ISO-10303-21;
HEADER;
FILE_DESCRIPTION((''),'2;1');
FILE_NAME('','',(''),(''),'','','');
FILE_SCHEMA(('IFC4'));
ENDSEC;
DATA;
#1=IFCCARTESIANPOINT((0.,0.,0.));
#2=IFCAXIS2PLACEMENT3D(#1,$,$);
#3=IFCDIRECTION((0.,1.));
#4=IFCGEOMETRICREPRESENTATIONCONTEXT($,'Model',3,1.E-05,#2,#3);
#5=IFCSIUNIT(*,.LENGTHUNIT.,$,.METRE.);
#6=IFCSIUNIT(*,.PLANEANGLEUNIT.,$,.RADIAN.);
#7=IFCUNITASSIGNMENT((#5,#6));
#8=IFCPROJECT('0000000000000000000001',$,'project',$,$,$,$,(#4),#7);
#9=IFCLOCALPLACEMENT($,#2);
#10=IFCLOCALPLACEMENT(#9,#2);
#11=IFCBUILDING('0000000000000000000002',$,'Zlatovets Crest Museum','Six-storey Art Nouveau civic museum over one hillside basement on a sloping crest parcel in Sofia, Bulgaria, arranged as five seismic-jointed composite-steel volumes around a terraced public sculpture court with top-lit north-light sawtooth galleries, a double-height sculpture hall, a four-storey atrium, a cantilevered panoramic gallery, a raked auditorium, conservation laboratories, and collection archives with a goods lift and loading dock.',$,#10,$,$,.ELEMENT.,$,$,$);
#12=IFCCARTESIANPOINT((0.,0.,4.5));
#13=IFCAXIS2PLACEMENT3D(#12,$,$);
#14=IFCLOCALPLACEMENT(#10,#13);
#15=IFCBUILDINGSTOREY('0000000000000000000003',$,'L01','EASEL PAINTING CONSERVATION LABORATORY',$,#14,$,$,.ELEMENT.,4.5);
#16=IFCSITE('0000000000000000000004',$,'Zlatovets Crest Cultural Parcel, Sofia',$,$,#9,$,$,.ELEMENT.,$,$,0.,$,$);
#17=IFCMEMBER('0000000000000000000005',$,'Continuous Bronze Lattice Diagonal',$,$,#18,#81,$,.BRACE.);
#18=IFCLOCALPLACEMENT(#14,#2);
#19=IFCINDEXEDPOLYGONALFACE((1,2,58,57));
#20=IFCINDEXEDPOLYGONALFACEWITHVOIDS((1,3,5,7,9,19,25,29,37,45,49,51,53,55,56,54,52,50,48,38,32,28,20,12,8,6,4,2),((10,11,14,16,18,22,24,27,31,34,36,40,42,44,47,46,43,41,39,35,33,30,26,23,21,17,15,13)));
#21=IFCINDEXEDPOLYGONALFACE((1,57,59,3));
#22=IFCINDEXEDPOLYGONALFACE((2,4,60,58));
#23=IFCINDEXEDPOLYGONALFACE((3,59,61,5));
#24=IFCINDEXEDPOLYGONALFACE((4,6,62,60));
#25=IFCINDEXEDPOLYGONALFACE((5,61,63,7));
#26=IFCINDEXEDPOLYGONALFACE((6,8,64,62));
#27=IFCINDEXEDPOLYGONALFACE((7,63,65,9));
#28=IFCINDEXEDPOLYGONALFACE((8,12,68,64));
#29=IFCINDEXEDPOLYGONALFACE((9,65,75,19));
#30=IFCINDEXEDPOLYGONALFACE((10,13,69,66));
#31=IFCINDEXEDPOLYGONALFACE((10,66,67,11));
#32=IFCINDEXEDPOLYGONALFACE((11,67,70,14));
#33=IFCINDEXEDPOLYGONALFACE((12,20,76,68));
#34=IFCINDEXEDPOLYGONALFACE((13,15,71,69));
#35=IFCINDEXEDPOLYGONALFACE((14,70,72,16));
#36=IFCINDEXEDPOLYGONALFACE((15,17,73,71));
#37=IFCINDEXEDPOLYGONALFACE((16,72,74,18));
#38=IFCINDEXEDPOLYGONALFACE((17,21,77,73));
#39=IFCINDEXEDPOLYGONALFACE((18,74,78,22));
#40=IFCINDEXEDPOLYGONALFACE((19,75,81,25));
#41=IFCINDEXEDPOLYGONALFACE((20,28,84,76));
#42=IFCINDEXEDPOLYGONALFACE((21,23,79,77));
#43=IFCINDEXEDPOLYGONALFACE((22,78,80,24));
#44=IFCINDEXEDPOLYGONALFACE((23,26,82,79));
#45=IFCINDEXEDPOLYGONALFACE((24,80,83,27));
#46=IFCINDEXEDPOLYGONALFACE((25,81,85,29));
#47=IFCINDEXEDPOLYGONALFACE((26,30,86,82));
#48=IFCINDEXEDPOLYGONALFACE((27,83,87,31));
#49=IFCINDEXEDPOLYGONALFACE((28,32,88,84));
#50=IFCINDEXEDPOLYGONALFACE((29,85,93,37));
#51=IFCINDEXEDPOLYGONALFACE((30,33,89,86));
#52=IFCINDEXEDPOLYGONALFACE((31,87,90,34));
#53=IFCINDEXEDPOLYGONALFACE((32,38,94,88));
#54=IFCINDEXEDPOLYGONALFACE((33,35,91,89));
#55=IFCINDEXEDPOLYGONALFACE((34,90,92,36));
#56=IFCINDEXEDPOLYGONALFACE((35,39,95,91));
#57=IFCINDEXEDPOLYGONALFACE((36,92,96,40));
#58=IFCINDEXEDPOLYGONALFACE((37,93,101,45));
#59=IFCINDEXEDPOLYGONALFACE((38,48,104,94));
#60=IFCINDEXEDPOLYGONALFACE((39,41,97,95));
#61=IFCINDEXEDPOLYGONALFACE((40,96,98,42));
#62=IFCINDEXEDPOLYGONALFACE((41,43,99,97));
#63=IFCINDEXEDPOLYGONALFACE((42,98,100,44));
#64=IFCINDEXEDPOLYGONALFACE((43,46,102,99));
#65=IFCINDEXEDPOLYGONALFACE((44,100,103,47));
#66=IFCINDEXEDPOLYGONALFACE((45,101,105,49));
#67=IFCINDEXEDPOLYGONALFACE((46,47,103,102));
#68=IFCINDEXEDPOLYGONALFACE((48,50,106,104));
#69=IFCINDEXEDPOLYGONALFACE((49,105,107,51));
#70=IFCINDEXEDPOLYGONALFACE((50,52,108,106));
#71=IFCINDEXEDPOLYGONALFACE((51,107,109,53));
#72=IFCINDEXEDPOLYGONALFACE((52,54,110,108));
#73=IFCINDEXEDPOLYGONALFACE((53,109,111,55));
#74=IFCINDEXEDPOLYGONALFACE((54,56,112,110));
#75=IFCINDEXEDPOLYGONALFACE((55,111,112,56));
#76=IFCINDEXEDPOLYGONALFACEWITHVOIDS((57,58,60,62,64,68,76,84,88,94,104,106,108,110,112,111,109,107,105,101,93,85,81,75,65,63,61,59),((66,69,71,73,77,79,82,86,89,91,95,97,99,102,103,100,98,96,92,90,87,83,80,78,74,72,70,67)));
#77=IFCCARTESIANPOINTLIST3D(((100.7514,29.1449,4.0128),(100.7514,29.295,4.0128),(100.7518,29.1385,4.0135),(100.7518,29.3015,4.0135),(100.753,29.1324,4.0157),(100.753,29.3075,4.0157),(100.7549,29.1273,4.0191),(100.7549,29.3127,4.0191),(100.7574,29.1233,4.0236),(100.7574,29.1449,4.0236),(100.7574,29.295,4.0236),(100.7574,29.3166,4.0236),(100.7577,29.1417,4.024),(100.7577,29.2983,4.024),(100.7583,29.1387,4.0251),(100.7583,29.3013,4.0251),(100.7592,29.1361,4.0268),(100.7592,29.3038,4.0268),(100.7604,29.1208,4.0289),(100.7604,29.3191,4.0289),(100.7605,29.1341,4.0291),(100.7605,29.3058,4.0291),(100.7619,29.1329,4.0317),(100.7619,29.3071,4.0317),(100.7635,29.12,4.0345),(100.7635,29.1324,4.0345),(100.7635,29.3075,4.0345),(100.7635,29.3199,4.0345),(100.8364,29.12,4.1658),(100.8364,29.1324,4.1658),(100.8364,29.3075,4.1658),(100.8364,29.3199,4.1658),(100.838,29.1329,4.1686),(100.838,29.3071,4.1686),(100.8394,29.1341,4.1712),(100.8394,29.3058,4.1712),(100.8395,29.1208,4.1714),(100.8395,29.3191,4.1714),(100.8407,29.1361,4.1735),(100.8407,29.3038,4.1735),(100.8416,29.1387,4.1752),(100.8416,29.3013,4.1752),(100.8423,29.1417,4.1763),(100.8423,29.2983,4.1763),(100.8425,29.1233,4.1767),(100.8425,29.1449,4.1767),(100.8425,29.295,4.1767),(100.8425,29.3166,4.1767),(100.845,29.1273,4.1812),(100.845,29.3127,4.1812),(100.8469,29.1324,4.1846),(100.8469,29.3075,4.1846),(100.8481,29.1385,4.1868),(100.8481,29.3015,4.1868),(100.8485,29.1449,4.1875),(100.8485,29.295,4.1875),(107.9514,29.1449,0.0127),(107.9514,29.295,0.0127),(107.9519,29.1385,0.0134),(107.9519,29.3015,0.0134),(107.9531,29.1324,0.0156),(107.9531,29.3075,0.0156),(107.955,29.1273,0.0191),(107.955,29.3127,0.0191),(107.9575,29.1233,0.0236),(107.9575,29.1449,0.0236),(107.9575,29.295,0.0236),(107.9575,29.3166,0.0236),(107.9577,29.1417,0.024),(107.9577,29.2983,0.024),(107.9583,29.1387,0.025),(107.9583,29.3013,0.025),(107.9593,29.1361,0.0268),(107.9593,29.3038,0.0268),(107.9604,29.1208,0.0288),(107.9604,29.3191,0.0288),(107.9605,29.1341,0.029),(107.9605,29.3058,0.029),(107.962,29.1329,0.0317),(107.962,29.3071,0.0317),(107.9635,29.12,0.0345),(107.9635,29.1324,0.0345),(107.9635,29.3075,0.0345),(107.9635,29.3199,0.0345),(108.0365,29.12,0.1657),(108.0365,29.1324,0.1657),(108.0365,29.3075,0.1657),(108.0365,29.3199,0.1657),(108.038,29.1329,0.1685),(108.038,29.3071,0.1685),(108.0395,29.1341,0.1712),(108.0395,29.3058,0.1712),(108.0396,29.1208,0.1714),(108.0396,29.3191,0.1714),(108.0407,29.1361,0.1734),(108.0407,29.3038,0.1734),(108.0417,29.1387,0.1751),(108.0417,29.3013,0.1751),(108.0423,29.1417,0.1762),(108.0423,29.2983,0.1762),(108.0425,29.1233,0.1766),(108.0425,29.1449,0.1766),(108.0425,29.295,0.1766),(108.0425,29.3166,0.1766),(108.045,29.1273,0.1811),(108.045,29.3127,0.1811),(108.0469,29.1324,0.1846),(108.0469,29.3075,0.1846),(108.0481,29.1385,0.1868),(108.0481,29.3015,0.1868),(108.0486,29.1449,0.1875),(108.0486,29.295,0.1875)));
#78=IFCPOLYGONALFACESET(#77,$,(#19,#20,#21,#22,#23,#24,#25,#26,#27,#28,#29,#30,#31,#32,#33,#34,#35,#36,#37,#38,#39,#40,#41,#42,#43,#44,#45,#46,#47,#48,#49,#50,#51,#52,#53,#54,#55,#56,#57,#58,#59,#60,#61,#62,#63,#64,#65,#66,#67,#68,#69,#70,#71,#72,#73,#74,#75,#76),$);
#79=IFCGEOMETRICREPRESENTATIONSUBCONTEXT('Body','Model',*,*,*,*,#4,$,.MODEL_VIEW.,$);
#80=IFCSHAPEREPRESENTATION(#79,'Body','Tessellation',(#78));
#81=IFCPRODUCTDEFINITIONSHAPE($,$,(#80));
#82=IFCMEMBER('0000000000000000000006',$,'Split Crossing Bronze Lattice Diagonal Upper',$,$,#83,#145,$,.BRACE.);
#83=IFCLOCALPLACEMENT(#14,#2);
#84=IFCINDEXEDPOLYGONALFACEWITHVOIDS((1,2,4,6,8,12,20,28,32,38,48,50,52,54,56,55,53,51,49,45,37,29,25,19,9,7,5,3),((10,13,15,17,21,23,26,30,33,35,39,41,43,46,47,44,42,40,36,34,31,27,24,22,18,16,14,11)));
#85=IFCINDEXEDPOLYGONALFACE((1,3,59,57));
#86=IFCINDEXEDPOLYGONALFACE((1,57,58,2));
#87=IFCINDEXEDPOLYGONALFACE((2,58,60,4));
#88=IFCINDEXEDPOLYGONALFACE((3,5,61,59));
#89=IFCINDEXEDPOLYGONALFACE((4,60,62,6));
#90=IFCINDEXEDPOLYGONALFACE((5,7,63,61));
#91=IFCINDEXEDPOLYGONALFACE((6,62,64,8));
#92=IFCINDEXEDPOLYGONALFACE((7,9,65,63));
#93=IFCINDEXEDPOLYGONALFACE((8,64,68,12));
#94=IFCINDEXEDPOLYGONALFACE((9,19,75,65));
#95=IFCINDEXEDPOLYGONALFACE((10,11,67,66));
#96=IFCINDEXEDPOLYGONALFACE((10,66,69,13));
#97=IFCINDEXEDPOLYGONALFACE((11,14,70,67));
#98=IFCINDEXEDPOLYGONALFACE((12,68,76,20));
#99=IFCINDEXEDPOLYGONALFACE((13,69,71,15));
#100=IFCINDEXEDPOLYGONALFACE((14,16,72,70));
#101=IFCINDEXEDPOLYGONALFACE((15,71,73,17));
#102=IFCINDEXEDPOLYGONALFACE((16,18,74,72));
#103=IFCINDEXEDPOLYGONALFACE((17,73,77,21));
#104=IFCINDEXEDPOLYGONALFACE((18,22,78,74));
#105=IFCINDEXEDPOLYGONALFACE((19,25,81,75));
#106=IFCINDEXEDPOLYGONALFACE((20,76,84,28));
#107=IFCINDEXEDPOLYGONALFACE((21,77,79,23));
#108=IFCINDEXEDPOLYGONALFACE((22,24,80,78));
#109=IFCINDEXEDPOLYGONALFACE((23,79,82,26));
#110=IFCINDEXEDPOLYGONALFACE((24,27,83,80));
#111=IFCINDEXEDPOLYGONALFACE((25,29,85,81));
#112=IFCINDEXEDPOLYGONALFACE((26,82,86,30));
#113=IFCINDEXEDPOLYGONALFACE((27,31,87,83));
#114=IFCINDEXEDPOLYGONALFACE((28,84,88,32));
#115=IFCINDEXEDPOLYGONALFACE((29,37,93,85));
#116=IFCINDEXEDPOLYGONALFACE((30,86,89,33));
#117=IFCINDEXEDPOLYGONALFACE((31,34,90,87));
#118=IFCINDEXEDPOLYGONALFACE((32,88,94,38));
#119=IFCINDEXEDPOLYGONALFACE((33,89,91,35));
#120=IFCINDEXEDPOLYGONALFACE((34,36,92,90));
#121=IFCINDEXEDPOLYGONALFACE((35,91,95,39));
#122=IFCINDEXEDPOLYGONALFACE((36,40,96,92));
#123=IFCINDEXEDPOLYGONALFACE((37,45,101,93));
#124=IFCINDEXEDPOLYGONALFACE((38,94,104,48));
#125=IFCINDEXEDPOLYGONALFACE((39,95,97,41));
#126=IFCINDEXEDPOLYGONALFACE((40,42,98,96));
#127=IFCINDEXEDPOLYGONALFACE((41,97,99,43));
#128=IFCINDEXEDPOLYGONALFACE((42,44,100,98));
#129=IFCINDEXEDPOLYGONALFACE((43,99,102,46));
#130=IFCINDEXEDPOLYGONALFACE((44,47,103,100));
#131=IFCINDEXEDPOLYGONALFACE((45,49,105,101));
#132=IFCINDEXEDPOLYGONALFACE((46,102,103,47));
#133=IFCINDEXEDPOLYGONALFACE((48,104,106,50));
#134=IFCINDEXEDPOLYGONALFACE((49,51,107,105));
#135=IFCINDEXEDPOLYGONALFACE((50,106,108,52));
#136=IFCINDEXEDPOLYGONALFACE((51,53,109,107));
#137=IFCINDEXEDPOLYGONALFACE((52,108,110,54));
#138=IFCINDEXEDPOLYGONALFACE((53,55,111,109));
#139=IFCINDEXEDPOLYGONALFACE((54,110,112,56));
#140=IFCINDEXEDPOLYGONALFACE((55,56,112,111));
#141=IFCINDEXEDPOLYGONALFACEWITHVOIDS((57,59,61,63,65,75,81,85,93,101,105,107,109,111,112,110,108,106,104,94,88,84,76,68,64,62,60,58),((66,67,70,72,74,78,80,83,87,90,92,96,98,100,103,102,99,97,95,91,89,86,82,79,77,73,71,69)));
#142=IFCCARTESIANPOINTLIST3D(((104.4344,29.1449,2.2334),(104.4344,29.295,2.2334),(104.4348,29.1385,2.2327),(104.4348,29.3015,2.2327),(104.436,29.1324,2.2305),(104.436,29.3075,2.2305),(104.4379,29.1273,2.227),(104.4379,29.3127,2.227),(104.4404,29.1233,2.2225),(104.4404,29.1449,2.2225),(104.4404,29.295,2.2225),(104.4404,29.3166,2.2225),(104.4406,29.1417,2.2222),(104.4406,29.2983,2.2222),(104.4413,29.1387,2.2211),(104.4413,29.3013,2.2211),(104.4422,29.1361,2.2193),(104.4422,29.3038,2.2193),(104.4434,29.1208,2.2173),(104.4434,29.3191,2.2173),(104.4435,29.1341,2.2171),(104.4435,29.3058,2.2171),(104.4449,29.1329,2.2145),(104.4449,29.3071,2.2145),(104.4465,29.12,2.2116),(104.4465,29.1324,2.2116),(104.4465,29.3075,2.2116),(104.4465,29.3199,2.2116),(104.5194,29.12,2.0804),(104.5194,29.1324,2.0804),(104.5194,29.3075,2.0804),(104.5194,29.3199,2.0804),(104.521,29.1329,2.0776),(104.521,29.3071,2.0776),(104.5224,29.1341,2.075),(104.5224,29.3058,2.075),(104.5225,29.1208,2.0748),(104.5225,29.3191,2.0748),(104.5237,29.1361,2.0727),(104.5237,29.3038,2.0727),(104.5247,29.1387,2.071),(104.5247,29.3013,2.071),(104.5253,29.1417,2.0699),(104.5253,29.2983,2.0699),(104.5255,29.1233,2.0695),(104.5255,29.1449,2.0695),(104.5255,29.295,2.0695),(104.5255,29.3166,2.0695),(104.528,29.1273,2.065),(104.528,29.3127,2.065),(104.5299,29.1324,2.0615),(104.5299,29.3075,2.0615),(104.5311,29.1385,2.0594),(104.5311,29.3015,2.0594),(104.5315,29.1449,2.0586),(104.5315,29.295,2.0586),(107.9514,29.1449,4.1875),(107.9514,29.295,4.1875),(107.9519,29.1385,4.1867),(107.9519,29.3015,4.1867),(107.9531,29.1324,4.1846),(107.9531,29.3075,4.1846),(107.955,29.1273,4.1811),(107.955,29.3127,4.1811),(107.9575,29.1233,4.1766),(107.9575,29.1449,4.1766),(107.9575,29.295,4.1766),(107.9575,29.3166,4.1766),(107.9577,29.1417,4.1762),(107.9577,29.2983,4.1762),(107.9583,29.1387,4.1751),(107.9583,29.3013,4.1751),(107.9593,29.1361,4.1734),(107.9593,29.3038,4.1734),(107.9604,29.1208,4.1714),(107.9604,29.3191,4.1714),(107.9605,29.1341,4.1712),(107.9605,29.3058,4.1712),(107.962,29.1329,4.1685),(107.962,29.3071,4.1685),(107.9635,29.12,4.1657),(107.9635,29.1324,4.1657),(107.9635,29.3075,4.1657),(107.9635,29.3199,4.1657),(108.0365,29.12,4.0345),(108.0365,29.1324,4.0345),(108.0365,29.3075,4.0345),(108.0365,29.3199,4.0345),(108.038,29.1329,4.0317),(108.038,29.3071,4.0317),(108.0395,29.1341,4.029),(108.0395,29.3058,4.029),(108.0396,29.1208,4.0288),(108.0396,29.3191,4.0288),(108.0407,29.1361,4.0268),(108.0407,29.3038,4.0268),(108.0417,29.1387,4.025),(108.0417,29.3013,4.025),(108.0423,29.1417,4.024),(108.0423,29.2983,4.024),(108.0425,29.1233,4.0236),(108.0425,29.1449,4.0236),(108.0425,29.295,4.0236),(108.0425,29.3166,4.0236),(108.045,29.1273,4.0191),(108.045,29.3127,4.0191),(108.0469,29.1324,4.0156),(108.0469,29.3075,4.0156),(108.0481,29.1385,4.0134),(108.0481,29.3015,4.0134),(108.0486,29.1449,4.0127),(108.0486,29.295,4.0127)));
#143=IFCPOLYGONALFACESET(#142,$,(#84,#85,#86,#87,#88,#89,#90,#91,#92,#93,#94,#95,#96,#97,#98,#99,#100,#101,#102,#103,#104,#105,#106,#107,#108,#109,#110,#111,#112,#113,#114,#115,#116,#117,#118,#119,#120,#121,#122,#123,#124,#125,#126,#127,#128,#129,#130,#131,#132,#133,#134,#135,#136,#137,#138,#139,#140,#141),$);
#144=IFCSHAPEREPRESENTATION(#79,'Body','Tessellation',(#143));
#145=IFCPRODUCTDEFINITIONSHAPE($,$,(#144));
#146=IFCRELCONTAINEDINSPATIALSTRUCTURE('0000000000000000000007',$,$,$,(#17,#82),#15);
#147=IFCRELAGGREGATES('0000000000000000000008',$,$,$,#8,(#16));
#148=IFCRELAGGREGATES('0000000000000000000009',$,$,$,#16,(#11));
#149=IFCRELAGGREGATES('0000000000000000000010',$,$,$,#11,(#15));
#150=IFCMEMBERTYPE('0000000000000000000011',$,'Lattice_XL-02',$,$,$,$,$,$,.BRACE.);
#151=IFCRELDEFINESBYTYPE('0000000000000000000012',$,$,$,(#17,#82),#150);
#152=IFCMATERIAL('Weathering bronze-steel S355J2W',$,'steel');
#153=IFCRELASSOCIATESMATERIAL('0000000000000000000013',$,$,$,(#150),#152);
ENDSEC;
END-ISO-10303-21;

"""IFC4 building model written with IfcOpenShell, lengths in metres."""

from ifc_helpers import new_model, si_unit, direction, frame, origin, origin_2d, place, context, subcontext, project, spatial, hollow_rectangle, extrude, material, material_profile, profile_set, type_object, element, save


model = new_model("IFC4")

# Units and contexts
model_context = context("Model", 3, precision=1e-05, world=origin(), true_north=direction((0.0, 1.0)))
body_context = subcontext(model_context, "Body", "Model", "MODEL_VIEW")
ifc_project = project(units=[si_unit("LENGTHUNIT", "METRE"), si_unit("PLANEANGLEUNIT", "RADIAN")], contexts=[model_context])

# Site, building, storey
site_placement = place(None, origin())
site = spatial("IfcSite", under=ifc_project, at=site_placement, Name="Zlatovets Crest Cultural Parcel, Sofia", CompositionType="ELEMENT", RefElevation=0.0)
building_placement = place(site_placement, origin())
building = spatial("IfcBuilding", under=site, at=building_placement, Name="Zlatovets Crest Museum", Description="Six-storey Art Nouveau civic museum over one hillside basement on a sloping crest parcel in Sofia, Bulgaria, arranged as five seismic-jointed composite-steel volumes around a terraced public sculpture court with top-lit north-light sawtooth galleries, a double-height sculpture hall, a four-storey atrium, a cantilevered panoramic gallery, a raked auditorium, conservation laboratories, and collection archives with a goods lift and loading dock.", CompositionType="ELEMENT")
storey_placement = place(building_placement, frame((0.0, 0.0, 4.5)))
storey = spatial("IfcBuildingStorey", under=building, at=storey_placement, Name="L01", Description="EASEL PAINTING CONSERVATION LABORATORY", CompositionType="ELEMENT", Elevation=4.5)

# Members
ifc_material_1 = material(Name="Weathering bronze-steel S355J2W", Category="steel")
ifc_material_profile_1 = material_profile(ifc_material_1, hollow_rectangle(XDim=0.2, YDim=0.2, WallThickness=0.0125, InnerFilletRadius=0.0125, OuterFilletRadius=0.0249, at=origin_2d()), Name="SHS 200x200x12.5")
ifc_profile_set_1 = profile_set([ifc_material_profile_1], Name="Weathering bronze-steel S355J2W")
member_type_1 = type_object("IfcMemberType", Name="Lattice_XL-02", PredefinedType="BRACE", material=ifc_profile_set_1)
member_1_placement = place(storey_placement, frame((108.0, 29.22, 0.1001), z_axis=(-0.874156, 0.0, 0.485645), x_axis=(0.0, -1.0, 0.0)))
element("IfcMember", 1, at=member_1_placement, inside=storey, type_object=member_type_1, Name="Continuous Bronze Lattice Diagonal", PredefinedType="BRACE", context=body_context, shape_type="SweptSolid", body=[
    extrude(hollow_rectangle(XDim=0.2, YDim=0.2, WallThickness=0.0125, InnerFilletRadius=0.0125, OuterFilletRadius=0.0249, at=origin_2d()), origin(), (0.0, 0.0, 1.0), 8.2366),
])
member_2_placement = place(storey_placement, frame((108.0, 29.22, 4.1001), z_axis=(-0.87414, 0.0, -0.485674), x_axis=(0.0, -1.0, 0.0)))
element("IfcMember", 2, at=member_2_placement, inside=storey, type_object=member_type_1, Name="Split Crossing Bronze Lattice Diagonal Upper", PredefinedType="BRACE", context=body_context, shape_type="SweptSolid", body=[
    extrude(hollow_rectangle(XDim=0.2, YDim=0.2, WallThickness=0.0125, InnerFilletRadius=0.0125, OuterFilletRadius=0.0249, at=origin_2d()), origin(), (0.0, 0.0, 1.0), 4.0234),
])

save(model, "model.ifc")
